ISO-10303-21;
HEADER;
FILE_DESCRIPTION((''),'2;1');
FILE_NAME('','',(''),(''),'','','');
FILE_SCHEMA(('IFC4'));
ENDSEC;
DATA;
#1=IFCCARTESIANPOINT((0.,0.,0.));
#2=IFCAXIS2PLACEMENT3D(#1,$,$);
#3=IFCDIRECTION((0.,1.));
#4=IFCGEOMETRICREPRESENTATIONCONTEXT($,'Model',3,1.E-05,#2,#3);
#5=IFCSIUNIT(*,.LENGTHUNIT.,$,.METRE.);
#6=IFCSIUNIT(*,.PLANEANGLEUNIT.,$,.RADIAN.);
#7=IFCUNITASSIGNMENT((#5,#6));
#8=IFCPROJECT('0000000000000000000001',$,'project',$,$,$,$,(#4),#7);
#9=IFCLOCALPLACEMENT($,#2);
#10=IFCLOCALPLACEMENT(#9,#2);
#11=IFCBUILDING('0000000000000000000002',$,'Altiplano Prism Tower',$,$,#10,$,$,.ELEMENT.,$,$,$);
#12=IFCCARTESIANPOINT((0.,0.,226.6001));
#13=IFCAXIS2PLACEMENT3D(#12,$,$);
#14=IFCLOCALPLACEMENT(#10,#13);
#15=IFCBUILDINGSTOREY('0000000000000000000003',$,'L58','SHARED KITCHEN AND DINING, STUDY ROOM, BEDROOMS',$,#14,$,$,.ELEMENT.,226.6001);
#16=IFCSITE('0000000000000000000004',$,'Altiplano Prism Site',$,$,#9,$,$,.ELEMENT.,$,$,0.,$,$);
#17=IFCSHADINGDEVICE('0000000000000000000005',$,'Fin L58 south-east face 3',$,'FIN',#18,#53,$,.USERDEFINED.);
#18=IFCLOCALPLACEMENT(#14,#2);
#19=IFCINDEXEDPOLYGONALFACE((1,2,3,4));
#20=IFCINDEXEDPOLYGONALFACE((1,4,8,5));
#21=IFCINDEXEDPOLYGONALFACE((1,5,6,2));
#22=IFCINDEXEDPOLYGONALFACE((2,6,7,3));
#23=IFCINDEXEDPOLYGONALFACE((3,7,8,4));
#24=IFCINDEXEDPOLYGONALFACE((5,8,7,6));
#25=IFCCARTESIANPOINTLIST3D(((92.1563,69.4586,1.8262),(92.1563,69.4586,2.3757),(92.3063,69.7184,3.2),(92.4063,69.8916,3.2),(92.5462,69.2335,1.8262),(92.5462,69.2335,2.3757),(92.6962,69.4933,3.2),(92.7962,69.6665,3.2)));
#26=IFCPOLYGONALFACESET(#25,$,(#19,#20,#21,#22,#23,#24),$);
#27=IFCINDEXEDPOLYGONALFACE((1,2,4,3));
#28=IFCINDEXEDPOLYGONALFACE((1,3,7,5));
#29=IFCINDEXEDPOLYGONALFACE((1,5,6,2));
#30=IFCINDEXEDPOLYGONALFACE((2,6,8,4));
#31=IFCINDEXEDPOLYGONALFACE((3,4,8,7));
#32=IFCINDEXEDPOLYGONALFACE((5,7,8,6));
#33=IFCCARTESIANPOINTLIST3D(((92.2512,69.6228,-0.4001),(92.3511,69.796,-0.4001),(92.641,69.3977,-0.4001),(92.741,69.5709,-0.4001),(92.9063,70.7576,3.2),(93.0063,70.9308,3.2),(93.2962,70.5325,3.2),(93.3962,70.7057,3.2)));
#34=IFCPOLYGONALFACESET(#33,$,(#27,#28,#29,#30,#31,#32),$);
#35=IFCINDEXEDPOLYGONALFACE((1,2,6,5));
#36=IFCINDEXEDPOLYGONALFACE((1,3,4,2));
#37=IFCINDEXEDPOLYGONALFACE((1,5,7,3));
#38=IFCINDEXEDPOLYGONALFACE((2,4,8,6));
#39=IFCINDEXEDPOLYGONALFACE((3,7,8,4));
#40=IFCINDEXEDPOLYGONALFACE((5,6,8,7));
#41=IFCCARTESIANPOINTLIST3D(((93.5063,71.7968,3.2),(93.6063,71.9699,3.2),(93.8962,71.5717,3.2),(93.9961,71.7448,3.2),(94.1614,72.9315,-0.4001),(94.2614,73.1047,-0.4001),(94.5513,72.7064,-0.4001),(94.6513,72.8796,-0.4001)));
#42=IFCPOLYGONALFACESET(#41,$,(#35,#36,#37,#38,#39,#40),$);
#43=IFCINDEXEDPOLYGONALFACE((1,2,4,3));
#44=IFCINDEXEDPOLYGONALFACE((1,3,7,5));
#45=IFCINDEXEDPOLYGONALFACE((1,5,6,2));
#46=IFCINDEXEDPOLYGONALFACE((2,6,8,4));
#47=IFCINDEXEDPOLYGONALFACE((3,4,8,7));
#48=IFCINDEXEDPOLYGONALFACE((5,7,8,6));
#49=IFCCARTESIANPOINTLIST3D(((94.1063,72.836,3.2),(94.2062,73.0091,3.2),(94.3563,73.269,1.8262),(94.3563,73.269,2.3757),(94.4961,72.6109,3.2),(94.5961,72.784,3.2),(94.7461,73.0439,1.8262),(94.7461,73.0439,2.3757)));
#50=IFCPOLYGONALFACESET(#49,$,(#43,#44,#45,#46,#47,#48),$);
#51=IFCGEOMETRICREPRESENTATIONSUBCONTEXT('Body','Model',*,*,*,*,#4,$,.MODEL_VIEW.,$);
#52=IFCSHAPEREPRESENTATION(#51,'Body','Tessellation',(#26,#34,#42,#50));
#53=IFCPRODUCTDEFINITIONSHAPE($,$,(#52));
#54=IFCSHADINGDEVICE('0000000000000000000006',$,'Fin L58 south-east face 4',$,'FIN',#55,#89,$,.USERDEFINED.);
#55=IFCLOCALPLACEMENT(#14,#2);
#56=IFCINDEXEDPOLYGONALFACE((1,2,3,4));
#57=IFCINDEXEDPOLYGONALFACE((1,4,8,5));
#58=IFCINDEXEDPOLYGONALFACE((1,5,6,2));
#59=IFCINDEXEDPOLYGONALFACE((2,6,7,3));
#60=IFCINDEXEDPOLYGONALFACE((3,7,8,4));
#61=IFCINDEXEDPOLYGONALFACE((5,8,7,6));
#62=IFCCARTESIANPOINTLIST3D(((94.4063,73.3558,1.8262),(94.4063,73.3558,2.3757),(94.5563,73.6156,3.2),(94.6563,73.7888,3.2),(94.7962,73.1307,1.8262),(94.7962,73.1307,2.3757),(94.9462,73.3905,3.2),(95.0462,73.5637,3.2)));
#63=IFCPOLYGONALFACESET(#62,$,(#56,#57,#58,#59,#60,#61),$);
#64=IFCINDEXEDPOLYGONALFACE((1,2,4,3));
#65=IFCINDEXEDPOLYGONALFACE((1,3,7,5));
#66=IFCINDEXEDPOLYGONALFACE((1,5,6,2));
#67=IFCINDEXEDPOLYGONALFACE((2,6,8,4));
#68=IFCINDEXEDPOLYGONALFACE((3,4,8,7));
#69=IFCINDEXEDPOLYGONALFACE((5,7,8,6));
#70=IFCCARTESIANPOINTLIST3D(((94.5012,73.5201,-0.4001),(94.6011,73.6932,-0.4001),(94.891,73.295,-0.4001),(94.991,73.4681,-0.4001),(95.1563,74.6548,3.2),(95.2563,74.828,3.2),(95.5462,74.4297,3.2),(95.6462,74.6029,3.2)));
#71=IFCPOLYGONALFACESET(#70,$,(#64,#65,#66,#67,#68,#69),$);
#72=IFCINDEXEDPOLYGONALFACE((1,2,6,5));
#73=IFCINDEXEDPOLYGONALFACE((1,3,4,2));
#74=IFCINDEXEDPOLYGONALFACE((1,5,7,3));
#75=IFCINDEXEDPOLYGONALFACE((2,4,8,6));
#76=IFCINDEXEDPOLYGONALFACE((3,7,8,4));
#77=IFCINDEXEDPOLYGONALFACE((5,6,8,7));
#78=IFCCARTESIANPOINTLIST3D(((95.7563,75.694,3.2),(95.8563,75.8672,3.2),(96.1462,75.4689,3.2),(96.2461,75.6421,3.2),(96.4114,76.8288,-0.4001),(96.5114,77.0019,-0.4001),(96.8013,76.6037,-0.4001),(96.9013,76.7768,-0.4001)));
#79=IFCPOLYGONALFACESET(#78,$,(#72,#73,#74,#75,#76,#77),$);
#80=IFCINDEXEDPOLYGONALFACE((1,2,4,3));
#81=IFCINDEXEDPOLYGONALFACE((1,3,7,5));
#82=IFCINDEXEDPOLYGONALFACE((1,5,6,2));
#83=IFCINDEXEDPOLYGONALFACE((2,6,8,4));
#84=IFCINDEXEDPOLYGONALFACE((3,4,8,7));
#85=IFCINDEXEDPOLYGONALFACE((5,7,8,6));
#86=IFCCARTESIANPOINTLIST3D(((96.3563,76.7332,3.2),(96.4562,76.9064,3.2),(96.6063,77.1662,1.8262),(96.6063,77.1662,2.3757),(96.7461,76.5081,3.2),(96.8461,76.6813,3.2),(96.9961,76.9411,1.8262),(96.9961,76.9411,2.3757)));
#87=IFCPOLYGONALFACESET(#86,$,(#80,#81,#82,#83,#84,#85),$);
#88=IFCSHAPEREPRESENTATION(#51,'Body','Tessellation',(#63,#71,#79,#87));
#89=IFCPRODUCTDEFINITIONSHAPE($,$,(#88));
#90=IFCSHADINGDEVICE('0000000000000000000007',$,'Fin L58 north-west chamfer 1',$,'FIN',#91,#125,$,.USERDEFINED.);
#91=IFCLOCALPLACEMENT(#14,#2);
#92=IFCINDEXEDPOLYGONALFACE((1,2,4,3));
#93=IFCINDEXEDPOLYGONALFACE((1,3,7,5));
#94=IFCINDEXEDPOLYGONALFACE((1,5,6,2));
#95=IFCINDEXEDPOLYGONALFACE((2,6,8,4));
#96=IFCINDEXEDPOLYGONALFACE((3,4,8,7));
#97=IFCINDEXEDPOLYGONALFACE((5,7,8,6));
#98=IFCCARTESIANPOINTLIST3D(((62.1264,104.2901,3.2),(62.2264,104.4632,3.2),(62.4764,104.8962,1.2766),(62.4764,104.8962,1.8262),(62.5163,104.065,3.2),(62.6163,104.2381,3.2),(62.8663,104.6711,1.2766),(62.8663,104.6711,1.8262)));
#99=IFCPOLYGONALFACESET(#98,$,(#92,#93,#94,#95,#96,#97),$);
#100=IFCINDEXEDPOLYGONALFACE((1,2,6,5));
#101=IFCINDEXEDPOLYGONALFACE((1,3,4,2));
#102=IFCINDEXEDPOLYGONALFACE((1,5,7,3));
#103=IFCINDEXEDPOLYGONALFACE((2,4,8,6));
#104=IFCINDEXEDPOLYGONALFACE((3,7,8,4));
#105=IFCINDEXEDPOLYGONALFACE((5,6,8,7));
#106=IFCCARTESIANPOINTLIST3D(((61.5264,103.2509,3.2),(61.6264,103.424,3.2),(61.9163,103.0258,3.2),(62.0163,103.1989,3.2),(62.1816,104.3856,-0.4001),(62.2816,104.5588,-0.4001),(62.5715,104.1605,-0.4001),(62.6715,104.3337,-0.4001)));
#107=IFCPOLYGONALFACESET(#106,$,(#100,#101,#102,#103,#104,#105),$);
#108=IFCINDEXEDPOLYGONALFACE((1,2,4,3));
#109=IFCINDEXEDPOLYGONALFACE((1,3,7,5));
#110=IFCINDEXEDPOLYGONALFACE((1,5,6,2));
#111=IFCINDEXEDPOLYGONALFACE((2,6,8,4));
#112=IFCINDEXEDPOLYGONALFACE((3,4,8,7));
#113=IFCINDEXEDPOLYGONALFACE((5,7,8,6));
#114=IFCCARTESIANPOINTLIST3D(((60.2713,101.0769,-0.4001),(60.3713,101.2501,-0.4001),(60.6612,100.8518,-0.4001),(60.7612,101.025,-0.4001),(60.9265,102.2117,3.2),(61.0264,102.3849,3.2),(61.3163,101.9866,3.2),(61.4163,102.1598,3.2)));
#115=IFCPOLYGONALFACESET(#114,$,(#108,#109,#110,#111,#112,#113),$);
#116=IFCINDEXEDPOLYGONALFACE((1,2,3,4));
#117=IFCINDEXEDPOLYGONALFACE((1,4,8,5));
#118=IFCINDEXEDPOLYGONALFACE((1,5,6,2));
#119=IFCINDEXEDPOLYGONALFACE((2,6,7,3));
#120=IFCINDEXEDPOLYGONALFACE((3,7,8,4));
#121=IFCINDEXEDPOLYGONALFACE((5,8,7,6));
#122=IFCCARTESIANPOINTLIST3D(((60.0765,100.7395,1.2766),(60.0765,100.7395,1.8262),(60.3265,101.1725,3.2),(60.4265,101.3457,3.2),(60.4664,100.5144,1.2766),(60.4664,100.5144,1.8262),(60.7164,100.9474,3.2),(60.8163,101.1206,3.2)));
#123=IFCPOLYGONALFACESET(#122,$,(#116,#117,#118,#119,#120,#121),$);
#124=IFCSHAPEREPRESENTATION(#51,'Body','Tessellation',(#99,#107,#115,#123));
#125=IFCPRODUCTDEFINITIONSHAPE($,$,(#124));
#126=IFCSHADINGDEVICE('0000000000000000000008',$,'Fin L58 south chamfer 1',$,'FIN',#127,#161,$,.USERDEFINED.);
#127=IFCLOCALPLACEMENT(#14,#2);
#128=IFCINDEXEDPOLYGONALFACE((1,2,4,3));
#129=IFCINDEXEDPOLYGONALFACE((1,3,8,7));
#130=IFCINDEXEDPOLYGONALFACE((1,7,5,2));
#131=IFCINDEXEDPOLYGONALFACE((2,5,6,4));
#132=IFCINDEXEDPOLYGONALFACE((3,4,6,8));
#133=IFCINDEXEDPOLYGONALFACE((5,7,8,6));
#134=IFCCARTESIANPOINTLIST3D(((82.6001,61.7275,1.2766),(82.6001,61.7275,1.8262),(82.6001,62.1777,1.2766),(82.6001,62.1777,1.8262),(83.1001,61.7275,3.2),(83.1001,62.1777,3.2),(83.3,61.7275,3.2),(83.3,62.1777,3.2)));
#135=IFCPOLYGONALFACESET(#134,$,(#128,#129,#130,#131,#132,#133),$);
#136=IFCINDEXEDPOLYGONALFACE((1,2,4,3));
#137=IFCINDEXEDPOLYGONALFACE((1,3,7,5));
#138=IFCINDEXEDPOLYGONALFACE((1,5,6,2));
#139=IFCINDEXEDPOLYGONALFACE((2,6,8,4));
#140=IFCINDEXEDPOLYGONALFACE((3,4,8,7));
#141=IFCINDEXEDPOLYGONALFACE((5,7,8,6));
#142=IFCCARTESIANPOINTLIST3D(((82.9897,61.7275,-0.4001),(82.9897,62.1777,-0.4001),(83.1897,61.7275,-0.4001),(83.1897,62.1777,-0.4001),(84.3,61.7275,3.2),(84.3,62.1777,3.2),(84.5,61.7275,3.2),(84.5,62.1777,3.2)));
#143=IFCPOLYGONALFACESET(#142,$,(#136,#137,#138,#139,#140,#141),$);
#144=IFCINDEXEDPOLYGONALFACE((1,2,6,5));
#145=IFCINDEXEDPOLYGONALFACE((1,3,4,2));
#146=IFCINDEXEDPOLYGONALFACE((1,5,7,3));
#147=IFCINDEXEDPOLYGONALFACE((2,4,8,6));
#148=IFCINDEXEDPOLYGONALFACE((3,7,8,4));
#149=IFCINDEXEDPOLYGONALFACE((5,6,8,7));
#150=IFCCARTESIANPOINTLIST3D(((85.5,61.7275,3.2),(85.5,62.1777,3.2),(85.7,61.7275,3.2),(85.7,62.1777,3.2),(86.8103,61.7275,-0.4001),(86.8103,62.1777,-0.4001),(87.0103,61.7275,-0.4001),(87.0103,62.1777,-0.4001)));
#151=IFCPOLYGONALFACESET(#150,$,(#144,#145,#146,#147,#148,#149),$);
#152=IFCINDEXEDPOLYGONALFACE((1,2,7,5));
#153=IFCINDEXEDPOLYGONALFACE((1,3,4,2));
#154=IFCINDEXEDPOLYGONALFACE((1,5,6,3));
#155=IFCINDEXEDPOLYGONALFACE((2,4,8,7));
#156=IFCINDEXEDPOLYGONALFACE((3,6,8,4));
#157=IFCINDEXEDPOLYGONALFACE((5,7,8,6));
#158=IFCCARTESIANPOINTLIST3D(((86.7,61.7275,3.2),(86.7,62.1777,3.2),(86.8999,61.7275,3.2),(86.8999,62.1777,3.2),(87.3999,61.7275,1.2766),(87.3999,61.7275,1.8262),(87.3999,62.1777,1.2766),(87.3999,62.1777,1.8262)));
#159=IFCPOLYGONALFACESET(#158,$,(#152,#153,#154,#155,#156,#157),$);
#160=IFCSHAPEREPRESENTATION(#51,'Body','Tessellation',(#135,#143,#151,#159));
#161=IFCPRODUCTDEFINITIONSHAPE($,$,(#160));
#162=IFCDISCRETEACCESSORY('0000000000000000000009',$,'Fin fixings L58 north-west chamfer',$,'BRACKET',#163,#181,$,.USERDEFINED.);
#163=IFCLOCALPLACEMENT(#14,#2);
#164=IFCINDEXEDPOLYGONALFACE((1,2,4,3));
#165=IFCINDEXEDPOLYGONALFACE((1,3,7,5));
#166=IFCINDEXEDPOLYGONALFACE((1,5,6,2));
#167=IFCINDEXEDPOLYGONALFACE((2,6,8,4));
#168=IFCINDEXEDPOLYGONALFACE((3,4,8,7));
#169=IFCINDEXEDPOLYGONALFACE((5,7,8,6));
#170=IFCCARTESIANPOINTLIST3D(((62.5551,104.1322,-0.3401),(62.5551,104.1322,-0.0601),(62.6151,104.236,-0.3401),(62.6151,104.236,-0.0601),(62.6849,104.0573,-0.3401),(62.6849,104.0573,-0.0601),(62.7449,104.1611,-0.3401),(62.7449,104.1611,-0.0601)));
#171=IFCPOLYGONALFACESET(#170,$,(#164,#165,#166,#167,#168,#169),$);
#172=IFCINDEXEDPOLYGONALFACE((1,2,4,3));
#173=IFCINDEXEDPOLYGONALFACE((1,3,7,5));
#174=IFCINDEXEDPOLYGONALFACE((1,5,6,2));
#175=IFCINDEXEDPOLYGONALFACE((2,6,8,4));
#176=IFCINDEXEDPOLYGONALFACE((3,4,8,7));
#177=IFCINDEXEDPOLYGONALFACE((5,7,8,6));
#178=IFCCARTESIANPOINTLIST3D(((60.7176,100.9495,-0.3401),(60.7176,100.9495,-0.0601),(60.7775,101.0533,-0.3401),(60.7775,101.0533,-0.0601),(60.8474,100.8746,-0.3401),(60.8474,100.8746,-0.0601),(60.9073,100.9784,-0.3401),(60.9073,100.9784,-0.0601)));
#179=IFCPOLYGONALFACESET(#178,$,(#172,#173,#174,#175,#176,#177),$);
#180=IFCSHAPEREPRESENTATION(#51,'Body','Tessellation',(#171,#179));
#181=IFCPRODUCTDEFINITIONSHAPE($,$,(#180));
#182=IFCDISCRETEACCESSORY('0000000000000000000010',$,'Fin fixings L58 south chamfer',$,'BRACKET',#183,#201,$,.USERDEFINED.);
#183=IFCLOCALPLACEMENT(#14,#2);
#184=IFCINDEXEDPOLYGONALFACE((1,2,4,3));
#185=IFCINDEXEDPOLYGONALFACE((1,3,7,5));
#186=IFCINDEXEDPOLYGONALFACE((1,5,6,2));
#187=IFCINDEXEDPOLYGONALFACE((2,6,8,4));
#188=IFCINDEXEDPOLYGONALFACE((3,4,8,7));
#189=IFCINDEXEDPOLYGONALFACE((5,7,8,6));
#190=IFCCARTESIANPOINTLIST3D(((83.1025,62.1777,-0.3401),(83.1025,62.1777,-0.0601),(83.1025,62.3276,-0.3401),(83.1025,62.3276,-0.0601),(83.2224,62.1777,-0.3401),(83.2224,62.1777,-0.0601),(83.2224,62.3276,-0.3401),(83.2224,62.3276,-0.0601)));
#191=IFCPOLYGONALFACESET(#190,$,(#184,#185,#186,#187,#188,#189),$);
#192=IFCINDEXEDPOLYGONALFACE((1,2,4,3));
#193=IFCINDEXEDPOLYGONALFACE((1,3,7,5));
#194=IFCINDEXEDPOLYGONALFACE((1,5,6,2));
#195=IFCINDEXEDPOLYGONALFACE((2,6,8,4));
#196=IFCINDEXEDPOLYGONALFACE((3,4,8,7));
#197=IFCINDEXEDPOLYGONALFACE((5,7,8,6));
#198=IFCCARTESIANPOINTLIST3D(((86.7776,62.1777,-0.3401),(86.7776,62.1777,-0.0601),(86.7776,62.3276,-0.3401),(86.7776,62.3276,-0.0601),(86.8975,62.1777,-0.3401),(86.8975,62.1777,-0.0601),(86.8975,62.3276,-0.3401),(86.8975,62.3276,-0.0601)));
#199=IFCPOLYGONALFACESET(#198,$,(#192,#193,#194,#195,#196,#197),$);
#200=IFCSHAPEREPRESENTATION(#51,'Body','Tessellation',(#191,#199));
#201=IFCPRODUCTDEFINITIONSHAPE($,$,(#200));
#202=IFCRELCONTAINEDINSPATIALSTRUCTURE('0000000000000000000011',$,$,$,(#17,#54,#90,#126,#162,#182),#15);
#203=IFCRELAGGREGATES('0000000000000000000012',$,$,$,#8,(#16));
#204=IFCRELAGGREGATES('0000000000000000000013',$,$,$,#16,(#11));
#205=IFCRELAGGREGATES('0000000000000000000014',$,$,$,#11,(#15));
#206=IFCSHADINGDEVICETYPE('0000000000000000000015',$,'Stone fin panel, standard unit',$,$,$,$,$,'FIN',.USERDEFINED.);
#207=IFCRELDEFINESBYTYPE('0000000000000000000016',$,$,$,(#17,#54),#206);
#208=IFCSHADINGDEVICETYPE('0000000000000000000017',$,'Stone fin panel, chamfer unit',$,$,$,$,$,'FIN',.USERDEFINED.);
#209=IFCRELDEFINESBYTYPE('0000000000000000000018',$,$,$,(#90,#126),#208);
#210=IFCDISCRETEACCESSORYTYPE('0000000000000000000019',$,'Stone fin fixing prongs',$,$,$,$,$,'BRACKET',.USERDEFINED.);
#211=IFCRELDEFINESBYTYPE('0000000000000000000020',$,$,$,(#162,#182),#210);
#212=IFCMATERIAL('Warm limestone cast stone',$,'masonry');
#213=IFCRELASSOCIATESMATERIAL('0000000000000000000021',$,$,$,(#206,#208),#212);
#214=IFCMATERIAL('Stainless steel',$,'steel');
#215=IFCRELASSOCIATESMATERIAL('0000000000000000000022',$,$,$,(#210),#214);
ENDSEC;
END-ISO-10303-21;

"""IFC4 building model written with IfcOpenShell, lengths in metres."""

from ifc_helpers import new_model, si_unit, direction, frame, origin, place, context, subcontext, project, spatial, polyline, outline, extrude, source, transform, mapped, material, type_object, element, save


model = new_model("IFC4")

# Units and contexts
model_context = context("Model", 3, precision=1e-05, world=origin(), true_north=direction((0.0, 1.0)))
body_context = subcontext(model_context, "Body", "Model", "MODEL_VIEW")
ifc_project = project(units=[si_unit("LENGTHUNIT", "METRE"), si_unit("PLANEANGLEUNIT", "RADIAN")], contexts=[model_context])

# Site, building, storey
site_placement = place(None, origin())
site = spatial("IfcSite", under=ifc_project, at=site_placement, Name="Altiplano Prism Site", CompositionType="ELEMENT", RefElevation=0.0)
building_placement = place(site_placement, origin())
building = spatial("IfcBuilding", under=site, at=building_placement, Name="Altiplano Prism Tower", CompositionType="ELEMENT")
storey_placement = place(building_placement, frame((0.0, 0.0, 226.6001)))
storey = spatial("IfcBuildingStorey", under=building, at=storey_placement, Name="L58", Description="SHARED KITCHEN AND DINING, STUDY ROOM, BEDROOMS", CompositionType="ELEMENT", Elevation=226.6001)

# Shading devices
ifc_material_1 = material(Name="Warm limestone cast stone", Category="masonry")
shading_device_type_1 = type_object("IfcShadingDeviceType", Name="Stone fin panel, standard unit", ElementType="FIN", PredefinedType="USERDEFINED", material=ifc_material_1)
shared_shape_1 = source(origin(), body_context, "Body", "SweptSolid", [
    extrude(outline(polyline([(-2.2, 2.2263), (-1.7, 3.6001), (-1.8999, 3.6001), (-2.2, 2.7759), (-2.2, 2.2263)])), frame((0.0, -0.1499, 0.0), z_axis=(0.0, -1.0, 0.0), x_axis=(1.0, 0.0, 0.0)), (0.0, 0.0, 1.0), 0.4502),
    extrude(outline(polyline([(-2.0103, 0.0), (-1.8103, 0.0), (-0.5, 3.6001), (-0.7, 3.6001), (-2.0103, 0.0)])), frame((0.0, -0.1499, 0.0), z_axis=(0.0, -1.0, 0.0), x_axis=(1.0, 0.0, 0.0)), (0.0, 0.0, 1.0), 0.4502),
    extrude(outline(polyline([(1.8103, 0.0), (2.0103, 0.0), (0.7, 3.6001), (0.5, 3.6001), (1.8103, 0.0)])), frame((0.0, -0.1499, 0.0), z_axis=(0.0, -1.0, 0.0), x_axis=(1.0, 0.0, 0.0)), (0.0, 0.0, 1.0), 0.4502),
    extrude(outline(polyline([(2.2, 2.7759), (1.8999, 3.6001), (1.7, 3.6001), (2.2, 2.2263), (2.2, 2.7759)])), frame((0.0, -0.1499, 0.0), z_axis=(0.0, -1.0, 0.0), x_axis=(1.0, 0.0, 0.0)), (0.0, 0.0, 1.0), 0.4502),
])
shading_device_1_placement = place(storey_placement, origin())
element("IfcShadingDevice", 1, at=shading_device_1_placement, inside=storey, type_object=shading_device_type_1, Name="Fin L58 south-east face 3", ObjectType="FIN", PredefinedType="USERDEFINED", context=body_context, shape_type="MappedRepresentation", body=[
    mapped(shared_shape_1, transform((93.1265, 71.4387, -0.4001), x_axis=(0.5, 0.866025, 0.0), y_axis=(-0.866025, 0.5, 0.0), z_axis=(0.0, 0.0, 1.0))),
])
shading_device_2_placement = place(storey_placement, origin())
element("IfcShadingDevice", 2, at=shading_device_2_placement, inside=storey, type_object=shading_device_type_1, Name="Fin L58 south-east face 4", ObjectType="FIN", PredefinedType="USERDEFINED", context=body_context, shape_type="MappedRepresentation", body=[
    mapped(shared_shape_1, transform((95.3765, 75.3359, -0.4001), x_axis=(0.5, 0.866025, 0.0), y_axis=(-0.866025, 0.5, 0.0), z_axis=(0.0, 0.0, 1.0))),
])
shading_device_type_2 = type_object("IfcShadingDeviceType", Name="Stone fin panel, chamfer unit", ElementType="FIN", PredefinedType="USERDEFINED", material=ifc_material_1)
shared_shape_2 = source(origin(), body_context, "Body", "SweptSolid", [
    extrude(outline(polyline([(-2.3999, 1.6768), (-1.7, 3.6001), (-1.8999, 3.6001), (-2.3999, 2.2263), (-2.3999, 1.6768)])), frame((0.0, -0.1499, 0.0), z_axis=(0.0, -1.0, 0.0), x_axis=(1.0, 0.0, 0.0)), (0.0, 0.0, 1.0), 0.4502),
    extrude(outline(polyline([(-2.0103, 0.0), (-1.8103, 0.0), (-0.5, 3.6001), (-0.7, 3.6001), (-2.0103, 0.0)])), frame((0.0, -0.1499, 0.0), z_axis=(0.0, -1.0, 0.0), x_axis=(1.0, 0.0, 0.0)), (0.0, 0.0, 1.0), 0.4502),
    extrude(outline(polyline([(1.8103, 0.0), (2.0103, 0.0), (0.7, 3.6001), (0.5, 3.6001), (1.8103, 0.0)])), frame((0.0, -0.1499, 0.0), z_axis=(0.0, -1.0, 0.0), x_axis=(1.0, 0.0, 0.0)), (0.0, 0.0, 1.0), 0.4502),
    extrude(outline(polyline([(2.3999, 2.2263), (1.8999, 3.6001), (1.7, 3.6001), (2.3999, 1.6768), (2.3999, 2.2263)])), frame((0.0, -0.1499, 0.0), z_axis=(0.0, -1.0, 0.0), x_axis=(1.0, 0.0, 0.0)), (0.0, 0.0, 1.0), 0.4502),
])
shading_device_3_placement = place(storey_placement, origin())
element("IfcShadingDevice", 3, at=shading_device_3_placement, inside=storey, type_object=shading_device_type_2, Name="Fin L58 north-west chamfer 1", ObjectType="FIN", PredefinedType="USERDEFINED", context=body_context, shape_type="MappedRepresentation", body=[
    mapped(shared_shape_2, transform((61.7961, 102.5178, -0.4001), x_axis=(-0.5, -0.866025, 0.0), y_axis=(0.866025, -0.5, 0.0), z_axis=(0.0, 0.0, 1.0))),
])
shading_device_4_placement = place(storey_placement, origin())
element("IfcShadingDevice", 4, at=shading_device_4_placement, inside=storey, type_object=shading_device_type_2, Name="Fin L58 south chamfer 1", ObjectType="FIN", PredefinedType="USERDEFINED", context=body_context, shape_type="MappedRepresentation", body=[
    mapped(shared_shape_2, transform((85.0, 62.3276, -0.4001), x_axis=(1.0, 0.0, 0.0), y_axis=(0.0, 1.0, 0.0), z_axis=(0.0, 0.0, 1.0))),
])

# Discrete accessories
ifc_material_2 = material(Name="Stainless steel", Category="steel")
discrete_accessory_type = type_object("IfcDiscreteAccessoryType", Name="Stone fin fixing prongs", ElementType="BRACKET", PredefinedType="USERDEFINED", material=ifc_material_2)
shared_shape_3 = source(origin(), body_context, "Body", "SweptSolid", [
    extrude(outline(polyline([(-1.8975, 0.0601), (-1.7776, 0.0601), (-1.7776, 0.3401), (-1.8975, 0.3401), (-1.8975, 0.0601)])), frame((0.0, 0.0, 0.0), z_axis=(0.0, -1.0, 0.0), x_axis=(1.0, 0.0, 0.0)), (0.0, 0.0, 1.0), 0.1499),
    extrude(outline(polyline([(1.7776, 0.0601), (1.8975, 0.0601), (1.8975, 0.3401), (1.7776, 0.3401), (1.7776, 0.0601)])), frame((0.0, 0.0, 0.0), z_axis=(0.0, -1.0, 0.0), x_axis=(1.0, 0.0, 0.0)), (0.0, 0.0, 1.0), 0.1499),
])
discrete_accessory_1_placement = place(storey_placement, origin())
element("IfcDiscreteAccessory", 5, at=discrete_accessory_1_placement, inside=storey, type_object=discrete_accessory_type, Name="Fin fixings L58 north-west chamfer", ObjectType="BRACKET", PredefinedType="USERDEFINED", context=body_context, shape_type="MappedRepresentation", body=[
    mapped(shared_shape_3, transform((61.7961, 102.5178, -0.4001), x_axis=(-0.5, -0.866025, 0.0), y_axis=(0.866025, -0.5, 0.0), z_axis=(0.0, 0.0, 1.0))),
])
discrete_accessory_2_placement = place(storey_placement, origin())
element("IfcDiscreteAccessory", 6, at=discrete_accessory_2_placement, inside=storey, type_object=discrete_accessory_type, Name="Fin fixings L58 south chamfer", ObjectType="BRACKET", PredefinedType="USERDEFINED", context=body_context, shape_type="MappedRepresentation", body=[
    mapped(shared_shape_3, transform((85.0, 62.3276, -0.4001), x_axis=(1.0, 0.0, 0.0), y_axis=(0.0, 1.0, 0.0), z_axis=(0.0, 0.0, 1.0))),
])

save(model, "model.ifc")
